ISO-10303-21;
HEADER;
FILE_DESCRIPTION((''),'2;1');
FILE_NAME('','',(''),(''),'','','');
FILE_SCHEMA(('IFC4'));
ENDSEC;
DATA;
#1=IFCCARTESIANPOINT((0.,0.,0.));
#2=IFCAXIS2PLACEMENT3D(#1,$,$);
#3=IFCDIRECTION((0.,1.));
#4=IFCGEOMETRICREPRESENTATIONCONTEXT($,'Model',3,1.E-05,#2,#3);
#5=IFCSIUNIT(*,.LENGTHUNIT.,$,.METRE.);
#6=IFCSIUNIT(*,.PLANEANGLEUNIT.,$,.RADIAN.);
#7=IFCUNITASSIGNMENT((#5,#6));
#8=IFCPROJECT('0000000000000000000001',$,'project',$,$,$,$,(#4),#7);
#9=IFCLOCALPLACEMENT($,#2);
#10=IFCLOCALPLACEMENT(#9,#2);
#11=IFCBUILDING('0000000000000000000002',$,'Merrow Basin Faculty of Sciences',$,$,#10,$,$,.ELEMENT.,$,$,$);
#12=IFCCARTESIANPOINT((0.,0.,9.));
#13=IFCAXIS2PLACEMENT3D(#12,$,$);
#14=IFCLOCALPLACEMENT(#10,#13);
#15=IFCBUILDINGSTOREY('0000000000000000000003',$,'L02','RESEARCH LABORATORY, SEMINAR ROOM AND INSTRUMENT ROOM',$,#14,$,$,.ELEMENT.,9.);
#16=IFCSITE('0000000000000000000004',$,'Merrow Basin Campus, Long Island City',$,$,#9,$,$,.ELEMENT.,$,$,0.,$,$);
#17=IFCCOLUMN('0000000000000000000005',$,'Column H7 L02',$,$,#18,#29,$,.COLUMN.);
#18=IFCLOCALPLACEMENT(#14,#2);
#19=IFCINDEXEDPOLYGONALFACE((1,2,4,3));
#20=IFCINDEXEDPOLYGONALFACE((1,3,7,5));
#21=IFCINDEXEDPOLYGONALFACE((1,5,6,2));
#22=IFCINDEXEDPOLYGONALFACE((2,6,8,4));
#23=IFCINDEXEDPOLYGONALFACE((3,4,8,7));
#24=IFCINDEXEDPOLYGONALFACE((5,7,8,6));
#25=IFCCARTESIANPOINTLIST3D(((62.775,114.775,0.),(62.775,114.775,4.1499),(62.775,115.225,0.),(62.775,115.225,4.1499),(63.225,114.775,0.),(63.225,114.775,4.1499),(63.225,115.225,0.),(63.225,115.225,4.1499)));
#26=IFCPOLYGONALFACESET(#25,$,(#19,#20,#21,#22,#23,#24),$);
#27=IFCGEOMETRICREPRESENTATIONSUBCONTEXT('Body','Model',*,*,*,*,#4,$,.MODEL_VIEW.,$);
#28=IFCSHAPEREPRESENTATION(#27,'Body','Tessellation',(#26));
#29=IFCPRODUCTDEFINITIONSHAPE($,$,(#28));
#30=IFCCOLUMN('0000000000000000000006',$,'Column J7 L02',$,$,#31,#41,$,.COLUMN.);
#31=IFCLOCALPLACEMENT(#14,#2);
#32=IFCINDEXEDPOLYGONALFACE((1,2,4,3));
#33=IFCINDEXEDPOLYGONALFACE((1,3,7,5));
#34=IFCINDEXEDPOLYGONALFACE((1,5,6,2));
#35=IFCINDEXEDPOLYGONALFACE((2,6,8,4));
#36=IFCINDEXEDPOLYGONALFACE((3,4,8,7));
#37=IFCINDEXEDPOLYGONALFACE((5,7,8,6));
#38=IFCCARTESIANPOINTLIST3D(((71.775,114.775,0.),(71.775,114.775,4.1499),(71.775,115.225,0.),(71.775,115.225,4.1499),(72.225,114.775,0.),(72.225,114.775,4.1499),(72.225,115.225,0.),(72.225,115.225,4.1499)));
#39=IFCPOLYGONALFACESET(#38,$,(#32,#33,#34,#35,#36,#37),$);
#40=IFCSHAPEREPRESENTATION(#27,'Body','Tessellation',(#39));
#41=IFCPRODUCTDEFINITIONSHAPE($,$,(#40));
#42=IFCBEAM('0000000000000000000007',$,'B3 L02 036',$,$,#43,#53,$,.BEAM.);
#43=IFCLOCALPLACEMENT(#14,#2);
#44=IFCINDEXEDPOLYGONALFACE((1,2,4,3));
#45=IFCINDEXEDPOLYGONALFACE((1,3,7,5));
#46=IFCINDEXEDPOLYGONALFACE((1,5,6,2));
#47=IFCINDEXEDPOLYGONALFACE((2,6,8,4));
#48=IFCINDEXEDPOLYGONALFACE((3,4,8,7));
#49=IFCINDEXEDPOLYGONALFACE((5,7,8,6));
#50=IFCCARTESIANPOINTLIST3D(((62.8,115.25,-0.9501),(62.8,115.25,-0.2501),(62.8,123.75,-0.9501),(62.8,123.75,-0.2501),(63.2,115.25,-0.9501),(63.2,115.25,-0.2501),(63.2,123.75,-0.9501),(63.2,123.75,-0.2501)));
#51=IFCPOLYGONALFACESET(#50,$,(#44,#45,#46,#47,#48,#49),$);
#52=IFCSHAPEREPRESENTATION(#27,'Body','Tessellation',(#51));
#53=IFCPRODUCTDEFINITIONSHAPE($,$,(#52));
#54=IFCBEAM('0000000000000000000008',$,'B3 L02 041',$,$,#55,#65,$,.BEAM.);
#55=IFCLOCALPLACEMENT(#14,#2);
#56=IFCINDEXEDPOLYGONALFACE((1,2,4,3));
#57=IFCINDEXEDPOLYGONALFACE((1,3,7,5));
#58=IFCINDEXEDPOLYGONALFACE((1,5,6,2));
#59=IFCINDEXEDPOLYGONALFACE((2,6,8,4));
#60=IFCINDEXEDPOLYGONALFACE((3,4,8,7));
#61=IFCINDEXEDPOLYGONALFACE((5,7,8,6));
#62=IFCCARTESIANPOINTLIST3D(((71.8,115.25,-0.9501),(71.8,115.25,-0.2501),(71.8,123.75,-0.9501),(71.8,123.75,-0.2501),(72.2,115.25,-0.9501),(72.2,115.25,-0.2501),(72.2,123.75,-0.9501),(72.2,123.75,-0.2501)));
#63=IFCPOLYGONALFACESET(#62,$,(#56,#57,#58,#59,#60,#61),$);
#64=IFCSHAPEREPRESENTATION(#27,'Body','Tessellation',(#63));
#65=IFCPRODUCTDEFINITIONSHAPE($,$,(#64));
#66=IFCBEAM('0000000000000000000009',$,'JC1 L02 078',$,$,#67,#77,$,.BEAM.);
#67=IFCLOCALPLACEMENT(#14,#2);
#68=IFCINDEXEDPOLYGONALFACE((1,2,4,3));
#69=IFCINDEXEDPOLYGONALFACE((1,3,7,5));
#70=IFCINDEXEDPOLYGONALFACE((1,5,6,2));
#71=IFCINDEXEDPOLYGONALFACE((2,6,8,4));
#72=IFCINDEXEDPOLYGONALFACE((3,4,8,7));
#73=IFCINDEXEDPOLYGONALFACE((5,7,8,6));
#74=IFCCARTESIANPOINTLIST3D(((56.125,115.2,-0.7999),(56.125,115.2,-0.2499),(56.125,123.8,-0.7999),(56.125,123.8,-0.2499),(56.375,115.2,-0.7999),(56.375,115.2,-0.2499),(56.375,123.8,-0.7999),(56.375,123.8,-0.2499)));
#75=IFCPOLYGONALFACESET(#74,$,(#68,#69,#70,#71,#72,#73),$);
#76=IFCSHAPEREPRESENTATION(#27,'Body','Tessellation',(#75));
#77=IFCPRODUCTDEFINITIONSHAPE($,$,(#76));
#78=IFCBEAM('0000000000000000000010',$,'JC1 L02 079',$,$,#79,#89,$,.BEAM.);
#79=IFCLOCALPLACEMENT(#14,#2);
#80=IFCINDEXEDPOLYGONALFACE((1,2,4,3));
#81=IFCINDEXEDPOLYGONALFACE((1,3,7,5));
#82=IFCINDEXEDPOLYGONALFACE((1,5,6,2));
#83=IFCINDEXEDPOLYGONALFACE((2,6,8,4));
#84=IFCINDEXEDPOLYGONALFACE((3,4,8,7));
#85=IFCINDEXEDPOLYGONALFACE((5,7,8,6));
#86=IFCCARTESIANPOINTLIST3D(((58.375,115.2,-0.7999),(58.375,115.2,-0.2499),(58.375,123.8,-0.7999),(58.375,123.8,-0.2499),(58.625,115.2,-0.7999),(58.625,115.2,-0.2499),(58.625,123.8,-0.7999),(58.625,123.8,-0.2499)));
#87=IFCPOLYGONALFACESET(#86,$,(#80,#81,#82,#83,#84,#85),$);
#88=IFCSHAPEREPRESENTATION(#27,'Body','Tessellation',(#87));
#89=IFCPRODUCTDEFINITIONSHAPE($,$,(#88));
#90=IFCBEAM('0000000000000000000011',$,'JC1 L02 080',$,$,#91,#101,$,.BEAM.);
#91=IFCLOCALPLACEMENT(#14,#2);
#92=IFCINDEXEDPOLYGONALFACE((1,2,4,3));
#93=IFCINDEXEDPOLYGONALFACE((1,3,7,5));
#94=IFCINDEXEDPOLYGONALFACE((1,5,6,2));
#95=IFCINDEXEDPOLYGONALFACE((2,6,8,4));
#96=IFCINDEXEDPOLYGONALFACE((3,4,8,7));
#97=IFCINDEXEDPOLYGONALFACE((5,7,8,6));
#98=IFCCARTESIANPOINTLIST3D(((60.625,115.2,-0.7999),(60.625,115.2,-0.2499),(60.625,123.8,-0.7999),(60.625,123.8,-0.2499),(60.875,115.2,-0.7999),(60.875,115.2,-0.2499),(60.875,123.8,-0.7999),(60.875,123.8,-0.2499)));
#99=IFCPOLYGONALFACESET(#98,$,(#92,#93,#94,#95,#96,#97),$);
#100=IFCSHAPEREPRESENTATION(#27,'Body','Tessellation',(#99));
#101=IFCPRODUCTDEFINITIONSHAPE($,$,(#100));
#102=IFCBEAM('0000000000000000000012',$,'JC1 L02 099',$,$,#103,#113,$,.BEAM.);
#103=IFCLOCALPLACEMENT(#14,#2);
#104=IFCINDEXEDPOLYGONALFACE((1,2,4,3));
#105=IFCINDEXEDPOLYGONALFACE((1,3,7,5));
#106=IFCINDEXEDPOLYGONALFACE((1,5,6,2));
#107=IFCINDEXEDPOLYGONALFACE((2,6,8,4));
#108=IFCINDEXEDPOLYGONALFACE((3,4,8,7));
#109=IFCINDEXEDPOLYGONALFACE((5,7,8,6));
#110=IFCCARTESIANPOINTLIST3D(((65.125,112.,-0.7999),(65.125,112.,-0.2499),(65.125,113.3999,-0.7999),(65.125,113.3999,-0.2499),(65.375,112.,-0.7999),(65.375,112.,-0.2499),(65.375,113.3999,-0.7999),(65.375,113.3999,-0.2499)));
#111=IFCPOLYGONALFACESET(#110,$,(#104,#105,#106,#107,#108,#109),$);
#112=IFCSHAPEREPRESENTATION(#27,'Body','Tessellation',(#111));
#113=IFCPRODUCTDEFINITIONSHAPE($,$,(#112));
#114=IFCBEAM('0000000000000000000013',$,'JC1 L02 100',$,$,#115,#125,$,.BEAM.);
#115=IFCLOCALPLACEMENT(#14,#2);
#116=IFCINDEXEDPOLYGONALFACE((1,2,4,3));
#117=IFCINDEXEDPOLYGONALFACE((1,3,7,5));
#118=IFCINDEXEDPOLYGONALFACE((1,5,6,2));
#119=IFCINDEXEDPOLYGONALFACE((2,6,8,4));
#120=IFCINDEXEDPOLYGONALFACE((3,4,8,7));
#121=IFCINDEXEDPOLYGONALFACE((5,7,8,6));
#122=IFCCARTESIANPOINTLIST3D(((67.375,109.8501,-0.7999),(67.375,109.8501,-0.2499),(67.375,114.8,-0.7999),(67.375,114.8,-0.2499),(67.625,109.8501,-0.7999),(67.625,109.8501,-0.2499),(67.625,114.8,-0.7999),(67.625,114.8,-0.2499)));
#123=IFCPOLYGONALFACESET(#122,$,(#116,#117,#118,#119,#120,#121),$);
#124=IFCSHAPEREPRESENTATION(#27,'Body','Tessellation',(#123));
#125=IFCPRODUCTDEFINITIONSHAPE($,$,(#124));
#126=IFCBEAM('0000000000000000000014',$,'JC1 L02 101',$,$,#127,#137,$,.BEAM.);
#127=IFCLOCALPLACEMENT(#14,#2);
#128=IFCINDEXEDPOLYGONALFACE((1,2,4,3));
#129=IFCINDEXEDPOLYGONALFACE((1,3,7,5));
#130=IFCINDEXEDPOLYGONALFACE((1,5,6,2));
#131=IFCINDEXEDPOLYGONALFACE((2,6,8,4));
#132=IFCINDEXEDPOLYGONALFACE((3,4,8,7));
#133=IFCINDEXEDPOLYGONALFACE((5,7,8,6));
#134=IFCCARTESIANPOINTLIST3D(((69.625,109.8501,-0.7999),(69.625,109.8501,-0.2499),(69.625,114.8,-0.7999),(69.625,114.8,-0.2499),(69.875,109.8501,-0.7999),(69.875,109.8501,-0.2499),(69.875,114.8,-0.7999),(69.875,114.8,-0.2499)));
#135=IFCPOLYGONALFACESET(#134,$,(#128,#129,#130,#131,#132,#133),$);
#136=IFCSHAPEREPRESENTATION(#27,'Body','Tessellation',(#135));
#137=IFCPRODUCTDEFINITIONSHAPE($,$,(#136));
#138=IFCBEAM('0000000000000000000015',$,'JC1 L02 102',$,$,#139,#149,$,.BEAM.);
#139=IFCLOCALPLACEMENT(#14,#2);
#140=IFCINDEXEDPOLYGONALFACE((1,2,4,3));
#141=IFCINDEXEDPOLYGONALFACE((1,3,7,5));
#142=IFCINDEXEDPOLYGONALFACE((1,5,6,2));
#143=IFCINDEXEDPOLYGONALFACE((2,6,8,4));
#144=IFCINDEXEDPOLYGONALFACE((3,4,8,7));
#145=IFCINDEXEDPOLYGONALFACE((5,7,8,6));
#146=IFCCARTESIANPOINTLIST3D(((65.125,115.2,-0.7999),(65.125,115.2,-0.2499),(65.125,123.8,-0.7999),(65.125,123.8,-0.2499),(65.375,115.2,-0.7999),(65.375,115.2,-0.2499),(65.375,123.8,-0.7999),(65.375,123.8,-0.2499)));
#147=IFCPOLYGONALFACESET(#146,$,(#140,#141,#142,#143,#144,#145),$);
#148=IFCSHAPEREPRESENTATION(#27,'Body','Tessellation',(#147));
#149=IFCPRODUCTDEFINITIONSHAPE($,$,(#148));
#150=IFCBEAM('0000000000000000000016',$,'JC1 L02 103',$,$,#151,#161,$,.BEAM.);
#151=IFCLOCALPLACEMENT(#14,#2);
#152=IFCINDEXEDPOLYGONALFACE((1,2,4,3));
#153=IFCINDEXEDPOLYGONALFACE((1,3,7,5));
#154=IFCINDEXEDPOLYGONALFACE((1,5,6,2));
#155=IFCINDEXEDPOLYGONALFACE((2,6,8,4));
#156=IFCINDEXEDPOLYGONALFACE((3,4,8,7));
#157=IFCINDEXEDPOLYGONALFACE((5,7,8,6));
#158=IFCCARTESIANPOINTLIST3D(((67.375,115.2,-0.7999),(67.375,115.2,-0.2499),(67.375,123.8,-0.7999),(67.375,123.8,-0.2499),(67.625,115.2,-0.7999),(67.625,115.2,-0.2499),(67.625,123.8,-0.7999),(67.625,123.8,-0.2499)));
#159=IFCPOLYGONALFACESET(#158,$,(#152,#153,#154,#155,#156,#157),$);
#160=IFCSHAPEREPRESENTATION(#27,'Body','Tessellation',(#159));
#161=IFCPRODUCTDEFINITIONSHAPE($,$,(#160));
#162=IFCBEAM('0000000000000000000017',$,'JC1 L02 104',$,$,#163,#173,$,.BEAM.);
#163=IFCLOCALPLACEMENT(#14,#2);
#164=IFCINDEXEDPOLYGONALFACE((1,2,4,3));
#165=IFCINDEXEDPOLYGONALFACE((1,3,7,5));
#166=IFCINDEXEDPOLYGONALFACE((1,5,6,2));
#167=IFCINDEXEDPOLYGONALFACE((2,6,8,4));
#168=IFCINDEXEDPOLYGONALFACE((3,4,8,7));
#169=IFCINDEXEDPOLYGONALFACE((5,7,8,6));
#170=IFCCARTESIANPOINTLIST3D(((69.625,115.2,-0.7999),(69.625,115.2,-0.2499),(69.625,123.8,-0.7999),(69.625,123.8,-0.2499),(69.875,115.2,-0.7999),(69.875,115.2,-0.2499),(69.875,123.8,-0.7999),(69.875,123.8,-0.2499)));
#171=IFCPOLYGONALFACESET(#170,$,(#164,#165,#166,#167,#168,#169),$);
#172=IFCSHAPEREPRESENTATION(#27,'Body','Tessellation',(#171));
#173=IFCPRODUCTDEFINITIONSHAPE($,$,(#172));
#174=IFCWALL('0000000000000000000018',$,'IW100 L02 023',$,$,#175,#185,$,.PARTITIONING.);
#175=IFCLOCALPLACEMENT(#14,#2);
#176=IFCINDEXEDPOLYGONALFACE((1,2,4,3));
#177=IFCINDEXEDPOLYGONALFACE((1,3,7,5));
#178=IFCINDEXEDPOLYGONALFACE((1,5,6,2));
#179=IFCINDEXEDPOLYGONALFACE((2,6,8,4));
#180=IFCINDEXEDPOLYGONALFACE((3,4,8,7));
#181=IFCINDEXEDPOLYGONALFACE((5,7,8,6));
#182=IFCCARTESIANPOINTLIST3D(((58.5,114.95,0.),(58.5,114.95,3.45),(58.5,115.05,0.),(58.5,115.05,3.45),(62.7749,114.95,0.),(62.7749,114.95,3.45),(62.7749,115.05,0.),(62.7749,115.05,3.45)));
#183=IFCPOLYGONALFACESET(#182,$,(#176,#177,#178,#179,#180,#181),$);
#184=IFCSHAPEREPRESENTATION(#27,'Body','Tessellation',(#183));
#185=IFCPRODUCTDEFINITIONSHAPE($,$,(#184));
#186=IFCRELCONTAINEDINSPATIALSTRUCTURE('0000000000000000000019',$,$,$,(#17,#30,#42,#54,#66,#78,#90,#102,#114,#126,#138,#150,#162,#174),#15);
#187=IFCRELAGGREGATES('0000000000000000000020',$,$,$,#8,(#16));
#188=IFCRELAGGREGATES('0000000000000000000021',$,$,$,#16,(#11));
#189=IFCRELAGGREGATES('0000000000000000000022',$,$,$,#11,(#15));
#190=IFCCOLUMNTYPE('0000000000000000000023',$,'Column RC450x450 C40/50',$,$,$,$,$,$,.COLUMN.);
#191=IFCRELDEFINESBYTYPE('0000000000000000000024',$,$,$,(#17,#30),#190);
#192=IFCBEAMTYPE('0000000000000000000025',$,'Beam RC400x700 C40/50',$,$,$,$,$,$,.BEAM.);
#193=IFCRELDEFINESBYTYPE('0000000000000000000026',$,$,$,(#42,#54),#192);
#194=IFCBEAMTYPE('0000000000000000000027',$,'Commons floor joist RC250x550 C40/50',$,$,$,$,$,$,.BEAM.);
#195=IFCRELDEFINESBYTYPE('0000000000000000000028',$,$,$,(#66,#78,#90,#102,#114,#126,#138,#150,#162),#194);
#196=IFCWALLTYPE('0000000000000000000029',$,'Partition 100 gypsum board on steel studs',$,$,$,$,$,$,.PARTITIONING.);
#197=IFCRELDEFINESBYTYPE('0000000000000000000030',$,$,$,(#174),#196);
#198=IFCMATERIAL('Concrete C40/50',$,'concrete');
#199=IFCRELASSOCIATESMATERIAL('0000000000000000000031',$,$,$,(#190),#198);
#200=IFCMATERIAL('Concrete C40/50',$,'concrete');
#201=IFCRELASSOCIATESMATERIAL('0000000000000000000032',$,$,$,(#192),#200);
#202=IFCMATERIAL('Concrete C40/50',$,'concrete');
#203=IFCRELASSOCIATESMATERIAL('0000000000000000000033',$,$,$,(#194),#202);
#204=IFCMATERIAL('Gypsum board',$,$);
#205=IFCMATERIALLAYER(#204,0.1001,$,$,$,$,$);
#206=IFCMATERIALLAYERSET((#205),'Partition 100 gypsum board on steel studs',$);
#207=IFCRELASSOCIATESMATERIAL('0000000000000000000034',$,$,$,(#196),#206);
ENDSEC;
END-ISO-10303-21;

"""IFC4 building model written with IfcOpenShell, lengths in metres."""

from ifc_helpers import new_model, si_unit, direction, frame, frame_2d, origin, origin_2d, place, context, subcontext, project, spatial, rectangle, extrude, material, layer, layer_set, material_profile, profile_set, type_object, element, save


model = new_model("IFC4")

# Units and contexts
model_context = context("Model", 3, precision=1e-05, world=origin(), true_north=direction((0.0, 1.0)))
body_context = subcontext(model_context, "Body", "Model", "MODEL_VIEW")
ifc_project = project(units=[si_unit("LENGTHUNIT", "METRE"), si_unit("PLANEANGLEUNIT", "RADIAN")], contexts=[model_context])

# Site, building, storey
site_placement = place(None, origin())
site = spatial("IfcSite", under=ifc_project, at=site_placement, Name="Merrow Basin Campus, Long Island City", CompositionType="ELEMENT", RefElevation=0.0)
building_placement = place(site_placement, origin())
building = spatial("IfcBuilding", under=site, at=building_placement, Name="Merrow Basin Faculty of Sciences", CompositionType="ELEMENT")
storey_placement = place(building_placement, frame((0.0, 0.0, 9.0)))
storey = spatial("IfcBuildingStorey", under=building, at=storey_placement, Name="L02", Description="RESEARCH LABORATORY, SEMINAR ROOM AND INSTRUMENT ROOM", CompositionType="ELEMENT", Elevation=9.0)

# Columns
ifc_material_1 = material(Name="Concrete C40/50", Category="concrete")
ifc_material_profile_1 = material_profile(ifc_material_1, rectangle(XDim=0.45, YDim=0.45, at=origin_2d()))
ifc_profile_set_1 = profile_set([ifc_material_profile_1], Name="Concrete C40/50")
column_type = type_object("IfcColumnType", Name="Column RC450x450 C40/50", PredefinedType="COLUMN", material=ifc_profile_set_1)
for number, where, z_axis, x_axis, name in (
    (1, (63.0, 115.0, 0.0), (0.0, 0.0, 1.0), (1.0, 0.0, 0.0), "Column H7 L02"),
    (2, (72.0, 115.0, 0.0), (0.0, 0.0, 1.0), (1.0, 0.0, 0.0), "Column J7 L02"),
):
    element("IfcColumn", number, at=place(storey_placement, frame(where, z_axis=z_axis, x_axis=x_axis)), inside=storey, type_object=column_type, Name=name, PredefinedType="COLUMN", context=body_context, shape_type="SweptSolid", body=[
        extrude(rectangle(XDim=0.45, YDim=0.45, at=origin_2d()), origin(), (0.0, 0.0, 1.0), 4.1499),
    ])

# Beams
ifc_material_2 = material(Name="Concrete C40/50", Category="concrete")
ifc_material_profile_2 = material_profile(ifc_material_2, rectangle(XDim=0.3999, YDim=0.7, at=origin_2d()))
ifc_profile_set_2 = profile_set([ifc_material_profile_2], Name="Concrete C40/50")
beam_type_1 = type_object("IfcBeamType", Name="Beam RC400x700 C40/50", PredefinedType="BEAM", material=ifc_profile_set_2)
for number, where, z_axis, x_axis, name in (
    (3, (63.0, 115.25, -0.6001), (0.0, 1.0, 0.0), (-1.0, 0.0, 0.0), "B3 L02 036"),
    (4, (72.0, 115.25, -0.6001), (0.0, 1.0, 0.0), (-1.0, 0.0, 0.0), "B3 L02 041"),
):
    element("IfcBeam", number, at=place(storey_placement, frame(where, z_axis=z_axis, x_axis=x_axis)), inside=storey, type_object=beam_type_1, Name=name, PredefinedType="BEAM", context=body_context, shape_type="SweptSolid", body=[
        extrude(rectangle(XDim=0.3999, YDim=0.7, at=origin_2d()), origin(), (0.0, 0.0, 1.0), 8.5),
    ])
ifc_material_3 = material(Name="Concrete C40/50", Category="concrete")
ifc_material_profile_3 = material_profile(ifc_material_3, rectangle(XDim=0.25, YDim=0.55, at=origin_2d()))
ifc_profile_set_3 = profile_set([ifc_material_profile_3], Name="Concrete C40/50")
beam_type_2 = type_object("IfcBeamType", Name="Commons floor joist RC250x550 C40/50", PredefinedType="BEAM", material=ifc_profile_set_3)
for number, where, z_axis, x_axis, name in (
    (5, (56.25, 115.2, -0.5249), (0.0, 1.0, 0.0), (-1.0, 0.0, 0.0), "JC1 L02 078"),
    (6, (58.5, 115.2, -0.5249), (0.0, 1.0, 0.0), (-1.0, 0.0, 0.0), "JC1 L02 079"),
    (7, (60.75, 115.2, -0.5249), (0.0, 1.0, 0.0), (-1.0, 0.0, 0.0), "JC1 L02 080"),
):
    element("IfcBeam", number, at=place(storey_placement, frame(where, z_axis=z_axis, x_axis=x_axis)), inside=storey, type_object=beam_type_2, Name=name, PredefinedType="BEAM", context=body_context, shape_type="SweptSolid", body=[
        extrude(rectangle(XDim=0.25, YDim=0.55, at=origin_2d()), origin(), (0.0, 0.0, 1.0), 8.6001),
    ])
beam_placement = place(storey_placement, frame((65.25, 112.0, -0.5249), z_axis=(0.0, 1.0, 0.0), x_axis=(-1.0, 0.0, 0.0)))
element("IfcBeam", 8, at=beam_placement, inside=storey, type_object=beam_type_2, Name="JC1 L02 099", PredefinedType="BEAM", context=body_context, shape_type="SweptSolid", body=[
    extrude(rectangle(XDim=0.25, YDim=0.55, at=origin_2d()), origin(), (0.0, 0.0, 1.0), 1.3999),
])
for number, where, z_axis, x_axis, name in (
    (9, (67.5, 109.8501, -0.5249), (0.0, 1.0, 0.0), (-1.0, 0.0, 0.0), "JC1 L02 100"),
    (10, (69.75, 109.8501, -0.5249), (0.0, 1.0, 0.0), (-1.0, 0.0, 0.0), "JC1 L02 101"),
):
    element("IfcBeam", number, at=place(storey_placement, frame(where, z_axis=z_axis, x_axis=x_axis)), inside=storey, type_object=beam_type_2, Name=name, PredefinedType="BEAM", context=body_context, shape_type="SweptSolid", body=[
        extrude(rectangle(XDim=0.25, YDim=0.55, at=origin_2d()), origin(), (0.0, 0.0, 1.0), 4.95),
    ])
for number, where, z_axis, x_axis, name in (
    (11, (65.25, 115.2, -0.5249), (0.0, 1.0, 0.0), (-1.0, 0.0, 0.0), "JC1 L02 102"),
    (12, (67.5, 115.2, -0.5249), (0.0, 1.0, 0.0), (-1.0, 0.0, 0.0), "JC1 L02 103"),
    (13, (69.75, 115.2, -0.5249), (0.0, 1.0, 0.0), (-1.0, 0.0, 0.0), "JC1 L02 104"),
):
    element("IfcBeam", number, at=place(storey_placement, frame(where, z_axis=z_axis, x_axis=x_axis)), inside=storey, type_object=beam_type_2, Name=name, PredefinedType="BEAM", context=body_context, shape_type="SweptSolid", body=[
        extrude(rectangle(XDim=0.25, YDim=0.55, at=origin_2d()), origin(), (0.0, 0.0, 1.0), 8.6001),
    ])

# Wall
ifc_material_4 = material(Name="Gypsum board")
ifc_layer_1 = layer(ifc_material_4, 0.1001)
ifc_layer_set_1 = layer_set([ifc_layer_1], Name="Partition 100 gypsum board on steel studs")
wall_type_1 = type_object("IfcWallType", Name="Partition 100 gypsum board on steel studs", PredefinedType="PARTITIONING", material=ifc_layer_set_1)
wall_1_placement = place(storey_placement, frame((58.5, 115.0, 0.0), z_axis=(0.0, 0.0, 1.0), x_axis=(1.0, 0.0, 0.0)))
element("IfcWall", 14, at=wall_1_placement, inside=storey, type_object=wall_type_1, Name="IW100 L02 023", PredefinedType="PARTITIONING", context=body_context, shape_type="SweptSolid", body=[
    extrude(rectangle(XDim=4.2749, YDim=0.1001, at=frame_2d((2.1375, 0.0))), origin(), (0.0, 0.0, 1.0), 3.45),
])

save(model, "model.ifc")
